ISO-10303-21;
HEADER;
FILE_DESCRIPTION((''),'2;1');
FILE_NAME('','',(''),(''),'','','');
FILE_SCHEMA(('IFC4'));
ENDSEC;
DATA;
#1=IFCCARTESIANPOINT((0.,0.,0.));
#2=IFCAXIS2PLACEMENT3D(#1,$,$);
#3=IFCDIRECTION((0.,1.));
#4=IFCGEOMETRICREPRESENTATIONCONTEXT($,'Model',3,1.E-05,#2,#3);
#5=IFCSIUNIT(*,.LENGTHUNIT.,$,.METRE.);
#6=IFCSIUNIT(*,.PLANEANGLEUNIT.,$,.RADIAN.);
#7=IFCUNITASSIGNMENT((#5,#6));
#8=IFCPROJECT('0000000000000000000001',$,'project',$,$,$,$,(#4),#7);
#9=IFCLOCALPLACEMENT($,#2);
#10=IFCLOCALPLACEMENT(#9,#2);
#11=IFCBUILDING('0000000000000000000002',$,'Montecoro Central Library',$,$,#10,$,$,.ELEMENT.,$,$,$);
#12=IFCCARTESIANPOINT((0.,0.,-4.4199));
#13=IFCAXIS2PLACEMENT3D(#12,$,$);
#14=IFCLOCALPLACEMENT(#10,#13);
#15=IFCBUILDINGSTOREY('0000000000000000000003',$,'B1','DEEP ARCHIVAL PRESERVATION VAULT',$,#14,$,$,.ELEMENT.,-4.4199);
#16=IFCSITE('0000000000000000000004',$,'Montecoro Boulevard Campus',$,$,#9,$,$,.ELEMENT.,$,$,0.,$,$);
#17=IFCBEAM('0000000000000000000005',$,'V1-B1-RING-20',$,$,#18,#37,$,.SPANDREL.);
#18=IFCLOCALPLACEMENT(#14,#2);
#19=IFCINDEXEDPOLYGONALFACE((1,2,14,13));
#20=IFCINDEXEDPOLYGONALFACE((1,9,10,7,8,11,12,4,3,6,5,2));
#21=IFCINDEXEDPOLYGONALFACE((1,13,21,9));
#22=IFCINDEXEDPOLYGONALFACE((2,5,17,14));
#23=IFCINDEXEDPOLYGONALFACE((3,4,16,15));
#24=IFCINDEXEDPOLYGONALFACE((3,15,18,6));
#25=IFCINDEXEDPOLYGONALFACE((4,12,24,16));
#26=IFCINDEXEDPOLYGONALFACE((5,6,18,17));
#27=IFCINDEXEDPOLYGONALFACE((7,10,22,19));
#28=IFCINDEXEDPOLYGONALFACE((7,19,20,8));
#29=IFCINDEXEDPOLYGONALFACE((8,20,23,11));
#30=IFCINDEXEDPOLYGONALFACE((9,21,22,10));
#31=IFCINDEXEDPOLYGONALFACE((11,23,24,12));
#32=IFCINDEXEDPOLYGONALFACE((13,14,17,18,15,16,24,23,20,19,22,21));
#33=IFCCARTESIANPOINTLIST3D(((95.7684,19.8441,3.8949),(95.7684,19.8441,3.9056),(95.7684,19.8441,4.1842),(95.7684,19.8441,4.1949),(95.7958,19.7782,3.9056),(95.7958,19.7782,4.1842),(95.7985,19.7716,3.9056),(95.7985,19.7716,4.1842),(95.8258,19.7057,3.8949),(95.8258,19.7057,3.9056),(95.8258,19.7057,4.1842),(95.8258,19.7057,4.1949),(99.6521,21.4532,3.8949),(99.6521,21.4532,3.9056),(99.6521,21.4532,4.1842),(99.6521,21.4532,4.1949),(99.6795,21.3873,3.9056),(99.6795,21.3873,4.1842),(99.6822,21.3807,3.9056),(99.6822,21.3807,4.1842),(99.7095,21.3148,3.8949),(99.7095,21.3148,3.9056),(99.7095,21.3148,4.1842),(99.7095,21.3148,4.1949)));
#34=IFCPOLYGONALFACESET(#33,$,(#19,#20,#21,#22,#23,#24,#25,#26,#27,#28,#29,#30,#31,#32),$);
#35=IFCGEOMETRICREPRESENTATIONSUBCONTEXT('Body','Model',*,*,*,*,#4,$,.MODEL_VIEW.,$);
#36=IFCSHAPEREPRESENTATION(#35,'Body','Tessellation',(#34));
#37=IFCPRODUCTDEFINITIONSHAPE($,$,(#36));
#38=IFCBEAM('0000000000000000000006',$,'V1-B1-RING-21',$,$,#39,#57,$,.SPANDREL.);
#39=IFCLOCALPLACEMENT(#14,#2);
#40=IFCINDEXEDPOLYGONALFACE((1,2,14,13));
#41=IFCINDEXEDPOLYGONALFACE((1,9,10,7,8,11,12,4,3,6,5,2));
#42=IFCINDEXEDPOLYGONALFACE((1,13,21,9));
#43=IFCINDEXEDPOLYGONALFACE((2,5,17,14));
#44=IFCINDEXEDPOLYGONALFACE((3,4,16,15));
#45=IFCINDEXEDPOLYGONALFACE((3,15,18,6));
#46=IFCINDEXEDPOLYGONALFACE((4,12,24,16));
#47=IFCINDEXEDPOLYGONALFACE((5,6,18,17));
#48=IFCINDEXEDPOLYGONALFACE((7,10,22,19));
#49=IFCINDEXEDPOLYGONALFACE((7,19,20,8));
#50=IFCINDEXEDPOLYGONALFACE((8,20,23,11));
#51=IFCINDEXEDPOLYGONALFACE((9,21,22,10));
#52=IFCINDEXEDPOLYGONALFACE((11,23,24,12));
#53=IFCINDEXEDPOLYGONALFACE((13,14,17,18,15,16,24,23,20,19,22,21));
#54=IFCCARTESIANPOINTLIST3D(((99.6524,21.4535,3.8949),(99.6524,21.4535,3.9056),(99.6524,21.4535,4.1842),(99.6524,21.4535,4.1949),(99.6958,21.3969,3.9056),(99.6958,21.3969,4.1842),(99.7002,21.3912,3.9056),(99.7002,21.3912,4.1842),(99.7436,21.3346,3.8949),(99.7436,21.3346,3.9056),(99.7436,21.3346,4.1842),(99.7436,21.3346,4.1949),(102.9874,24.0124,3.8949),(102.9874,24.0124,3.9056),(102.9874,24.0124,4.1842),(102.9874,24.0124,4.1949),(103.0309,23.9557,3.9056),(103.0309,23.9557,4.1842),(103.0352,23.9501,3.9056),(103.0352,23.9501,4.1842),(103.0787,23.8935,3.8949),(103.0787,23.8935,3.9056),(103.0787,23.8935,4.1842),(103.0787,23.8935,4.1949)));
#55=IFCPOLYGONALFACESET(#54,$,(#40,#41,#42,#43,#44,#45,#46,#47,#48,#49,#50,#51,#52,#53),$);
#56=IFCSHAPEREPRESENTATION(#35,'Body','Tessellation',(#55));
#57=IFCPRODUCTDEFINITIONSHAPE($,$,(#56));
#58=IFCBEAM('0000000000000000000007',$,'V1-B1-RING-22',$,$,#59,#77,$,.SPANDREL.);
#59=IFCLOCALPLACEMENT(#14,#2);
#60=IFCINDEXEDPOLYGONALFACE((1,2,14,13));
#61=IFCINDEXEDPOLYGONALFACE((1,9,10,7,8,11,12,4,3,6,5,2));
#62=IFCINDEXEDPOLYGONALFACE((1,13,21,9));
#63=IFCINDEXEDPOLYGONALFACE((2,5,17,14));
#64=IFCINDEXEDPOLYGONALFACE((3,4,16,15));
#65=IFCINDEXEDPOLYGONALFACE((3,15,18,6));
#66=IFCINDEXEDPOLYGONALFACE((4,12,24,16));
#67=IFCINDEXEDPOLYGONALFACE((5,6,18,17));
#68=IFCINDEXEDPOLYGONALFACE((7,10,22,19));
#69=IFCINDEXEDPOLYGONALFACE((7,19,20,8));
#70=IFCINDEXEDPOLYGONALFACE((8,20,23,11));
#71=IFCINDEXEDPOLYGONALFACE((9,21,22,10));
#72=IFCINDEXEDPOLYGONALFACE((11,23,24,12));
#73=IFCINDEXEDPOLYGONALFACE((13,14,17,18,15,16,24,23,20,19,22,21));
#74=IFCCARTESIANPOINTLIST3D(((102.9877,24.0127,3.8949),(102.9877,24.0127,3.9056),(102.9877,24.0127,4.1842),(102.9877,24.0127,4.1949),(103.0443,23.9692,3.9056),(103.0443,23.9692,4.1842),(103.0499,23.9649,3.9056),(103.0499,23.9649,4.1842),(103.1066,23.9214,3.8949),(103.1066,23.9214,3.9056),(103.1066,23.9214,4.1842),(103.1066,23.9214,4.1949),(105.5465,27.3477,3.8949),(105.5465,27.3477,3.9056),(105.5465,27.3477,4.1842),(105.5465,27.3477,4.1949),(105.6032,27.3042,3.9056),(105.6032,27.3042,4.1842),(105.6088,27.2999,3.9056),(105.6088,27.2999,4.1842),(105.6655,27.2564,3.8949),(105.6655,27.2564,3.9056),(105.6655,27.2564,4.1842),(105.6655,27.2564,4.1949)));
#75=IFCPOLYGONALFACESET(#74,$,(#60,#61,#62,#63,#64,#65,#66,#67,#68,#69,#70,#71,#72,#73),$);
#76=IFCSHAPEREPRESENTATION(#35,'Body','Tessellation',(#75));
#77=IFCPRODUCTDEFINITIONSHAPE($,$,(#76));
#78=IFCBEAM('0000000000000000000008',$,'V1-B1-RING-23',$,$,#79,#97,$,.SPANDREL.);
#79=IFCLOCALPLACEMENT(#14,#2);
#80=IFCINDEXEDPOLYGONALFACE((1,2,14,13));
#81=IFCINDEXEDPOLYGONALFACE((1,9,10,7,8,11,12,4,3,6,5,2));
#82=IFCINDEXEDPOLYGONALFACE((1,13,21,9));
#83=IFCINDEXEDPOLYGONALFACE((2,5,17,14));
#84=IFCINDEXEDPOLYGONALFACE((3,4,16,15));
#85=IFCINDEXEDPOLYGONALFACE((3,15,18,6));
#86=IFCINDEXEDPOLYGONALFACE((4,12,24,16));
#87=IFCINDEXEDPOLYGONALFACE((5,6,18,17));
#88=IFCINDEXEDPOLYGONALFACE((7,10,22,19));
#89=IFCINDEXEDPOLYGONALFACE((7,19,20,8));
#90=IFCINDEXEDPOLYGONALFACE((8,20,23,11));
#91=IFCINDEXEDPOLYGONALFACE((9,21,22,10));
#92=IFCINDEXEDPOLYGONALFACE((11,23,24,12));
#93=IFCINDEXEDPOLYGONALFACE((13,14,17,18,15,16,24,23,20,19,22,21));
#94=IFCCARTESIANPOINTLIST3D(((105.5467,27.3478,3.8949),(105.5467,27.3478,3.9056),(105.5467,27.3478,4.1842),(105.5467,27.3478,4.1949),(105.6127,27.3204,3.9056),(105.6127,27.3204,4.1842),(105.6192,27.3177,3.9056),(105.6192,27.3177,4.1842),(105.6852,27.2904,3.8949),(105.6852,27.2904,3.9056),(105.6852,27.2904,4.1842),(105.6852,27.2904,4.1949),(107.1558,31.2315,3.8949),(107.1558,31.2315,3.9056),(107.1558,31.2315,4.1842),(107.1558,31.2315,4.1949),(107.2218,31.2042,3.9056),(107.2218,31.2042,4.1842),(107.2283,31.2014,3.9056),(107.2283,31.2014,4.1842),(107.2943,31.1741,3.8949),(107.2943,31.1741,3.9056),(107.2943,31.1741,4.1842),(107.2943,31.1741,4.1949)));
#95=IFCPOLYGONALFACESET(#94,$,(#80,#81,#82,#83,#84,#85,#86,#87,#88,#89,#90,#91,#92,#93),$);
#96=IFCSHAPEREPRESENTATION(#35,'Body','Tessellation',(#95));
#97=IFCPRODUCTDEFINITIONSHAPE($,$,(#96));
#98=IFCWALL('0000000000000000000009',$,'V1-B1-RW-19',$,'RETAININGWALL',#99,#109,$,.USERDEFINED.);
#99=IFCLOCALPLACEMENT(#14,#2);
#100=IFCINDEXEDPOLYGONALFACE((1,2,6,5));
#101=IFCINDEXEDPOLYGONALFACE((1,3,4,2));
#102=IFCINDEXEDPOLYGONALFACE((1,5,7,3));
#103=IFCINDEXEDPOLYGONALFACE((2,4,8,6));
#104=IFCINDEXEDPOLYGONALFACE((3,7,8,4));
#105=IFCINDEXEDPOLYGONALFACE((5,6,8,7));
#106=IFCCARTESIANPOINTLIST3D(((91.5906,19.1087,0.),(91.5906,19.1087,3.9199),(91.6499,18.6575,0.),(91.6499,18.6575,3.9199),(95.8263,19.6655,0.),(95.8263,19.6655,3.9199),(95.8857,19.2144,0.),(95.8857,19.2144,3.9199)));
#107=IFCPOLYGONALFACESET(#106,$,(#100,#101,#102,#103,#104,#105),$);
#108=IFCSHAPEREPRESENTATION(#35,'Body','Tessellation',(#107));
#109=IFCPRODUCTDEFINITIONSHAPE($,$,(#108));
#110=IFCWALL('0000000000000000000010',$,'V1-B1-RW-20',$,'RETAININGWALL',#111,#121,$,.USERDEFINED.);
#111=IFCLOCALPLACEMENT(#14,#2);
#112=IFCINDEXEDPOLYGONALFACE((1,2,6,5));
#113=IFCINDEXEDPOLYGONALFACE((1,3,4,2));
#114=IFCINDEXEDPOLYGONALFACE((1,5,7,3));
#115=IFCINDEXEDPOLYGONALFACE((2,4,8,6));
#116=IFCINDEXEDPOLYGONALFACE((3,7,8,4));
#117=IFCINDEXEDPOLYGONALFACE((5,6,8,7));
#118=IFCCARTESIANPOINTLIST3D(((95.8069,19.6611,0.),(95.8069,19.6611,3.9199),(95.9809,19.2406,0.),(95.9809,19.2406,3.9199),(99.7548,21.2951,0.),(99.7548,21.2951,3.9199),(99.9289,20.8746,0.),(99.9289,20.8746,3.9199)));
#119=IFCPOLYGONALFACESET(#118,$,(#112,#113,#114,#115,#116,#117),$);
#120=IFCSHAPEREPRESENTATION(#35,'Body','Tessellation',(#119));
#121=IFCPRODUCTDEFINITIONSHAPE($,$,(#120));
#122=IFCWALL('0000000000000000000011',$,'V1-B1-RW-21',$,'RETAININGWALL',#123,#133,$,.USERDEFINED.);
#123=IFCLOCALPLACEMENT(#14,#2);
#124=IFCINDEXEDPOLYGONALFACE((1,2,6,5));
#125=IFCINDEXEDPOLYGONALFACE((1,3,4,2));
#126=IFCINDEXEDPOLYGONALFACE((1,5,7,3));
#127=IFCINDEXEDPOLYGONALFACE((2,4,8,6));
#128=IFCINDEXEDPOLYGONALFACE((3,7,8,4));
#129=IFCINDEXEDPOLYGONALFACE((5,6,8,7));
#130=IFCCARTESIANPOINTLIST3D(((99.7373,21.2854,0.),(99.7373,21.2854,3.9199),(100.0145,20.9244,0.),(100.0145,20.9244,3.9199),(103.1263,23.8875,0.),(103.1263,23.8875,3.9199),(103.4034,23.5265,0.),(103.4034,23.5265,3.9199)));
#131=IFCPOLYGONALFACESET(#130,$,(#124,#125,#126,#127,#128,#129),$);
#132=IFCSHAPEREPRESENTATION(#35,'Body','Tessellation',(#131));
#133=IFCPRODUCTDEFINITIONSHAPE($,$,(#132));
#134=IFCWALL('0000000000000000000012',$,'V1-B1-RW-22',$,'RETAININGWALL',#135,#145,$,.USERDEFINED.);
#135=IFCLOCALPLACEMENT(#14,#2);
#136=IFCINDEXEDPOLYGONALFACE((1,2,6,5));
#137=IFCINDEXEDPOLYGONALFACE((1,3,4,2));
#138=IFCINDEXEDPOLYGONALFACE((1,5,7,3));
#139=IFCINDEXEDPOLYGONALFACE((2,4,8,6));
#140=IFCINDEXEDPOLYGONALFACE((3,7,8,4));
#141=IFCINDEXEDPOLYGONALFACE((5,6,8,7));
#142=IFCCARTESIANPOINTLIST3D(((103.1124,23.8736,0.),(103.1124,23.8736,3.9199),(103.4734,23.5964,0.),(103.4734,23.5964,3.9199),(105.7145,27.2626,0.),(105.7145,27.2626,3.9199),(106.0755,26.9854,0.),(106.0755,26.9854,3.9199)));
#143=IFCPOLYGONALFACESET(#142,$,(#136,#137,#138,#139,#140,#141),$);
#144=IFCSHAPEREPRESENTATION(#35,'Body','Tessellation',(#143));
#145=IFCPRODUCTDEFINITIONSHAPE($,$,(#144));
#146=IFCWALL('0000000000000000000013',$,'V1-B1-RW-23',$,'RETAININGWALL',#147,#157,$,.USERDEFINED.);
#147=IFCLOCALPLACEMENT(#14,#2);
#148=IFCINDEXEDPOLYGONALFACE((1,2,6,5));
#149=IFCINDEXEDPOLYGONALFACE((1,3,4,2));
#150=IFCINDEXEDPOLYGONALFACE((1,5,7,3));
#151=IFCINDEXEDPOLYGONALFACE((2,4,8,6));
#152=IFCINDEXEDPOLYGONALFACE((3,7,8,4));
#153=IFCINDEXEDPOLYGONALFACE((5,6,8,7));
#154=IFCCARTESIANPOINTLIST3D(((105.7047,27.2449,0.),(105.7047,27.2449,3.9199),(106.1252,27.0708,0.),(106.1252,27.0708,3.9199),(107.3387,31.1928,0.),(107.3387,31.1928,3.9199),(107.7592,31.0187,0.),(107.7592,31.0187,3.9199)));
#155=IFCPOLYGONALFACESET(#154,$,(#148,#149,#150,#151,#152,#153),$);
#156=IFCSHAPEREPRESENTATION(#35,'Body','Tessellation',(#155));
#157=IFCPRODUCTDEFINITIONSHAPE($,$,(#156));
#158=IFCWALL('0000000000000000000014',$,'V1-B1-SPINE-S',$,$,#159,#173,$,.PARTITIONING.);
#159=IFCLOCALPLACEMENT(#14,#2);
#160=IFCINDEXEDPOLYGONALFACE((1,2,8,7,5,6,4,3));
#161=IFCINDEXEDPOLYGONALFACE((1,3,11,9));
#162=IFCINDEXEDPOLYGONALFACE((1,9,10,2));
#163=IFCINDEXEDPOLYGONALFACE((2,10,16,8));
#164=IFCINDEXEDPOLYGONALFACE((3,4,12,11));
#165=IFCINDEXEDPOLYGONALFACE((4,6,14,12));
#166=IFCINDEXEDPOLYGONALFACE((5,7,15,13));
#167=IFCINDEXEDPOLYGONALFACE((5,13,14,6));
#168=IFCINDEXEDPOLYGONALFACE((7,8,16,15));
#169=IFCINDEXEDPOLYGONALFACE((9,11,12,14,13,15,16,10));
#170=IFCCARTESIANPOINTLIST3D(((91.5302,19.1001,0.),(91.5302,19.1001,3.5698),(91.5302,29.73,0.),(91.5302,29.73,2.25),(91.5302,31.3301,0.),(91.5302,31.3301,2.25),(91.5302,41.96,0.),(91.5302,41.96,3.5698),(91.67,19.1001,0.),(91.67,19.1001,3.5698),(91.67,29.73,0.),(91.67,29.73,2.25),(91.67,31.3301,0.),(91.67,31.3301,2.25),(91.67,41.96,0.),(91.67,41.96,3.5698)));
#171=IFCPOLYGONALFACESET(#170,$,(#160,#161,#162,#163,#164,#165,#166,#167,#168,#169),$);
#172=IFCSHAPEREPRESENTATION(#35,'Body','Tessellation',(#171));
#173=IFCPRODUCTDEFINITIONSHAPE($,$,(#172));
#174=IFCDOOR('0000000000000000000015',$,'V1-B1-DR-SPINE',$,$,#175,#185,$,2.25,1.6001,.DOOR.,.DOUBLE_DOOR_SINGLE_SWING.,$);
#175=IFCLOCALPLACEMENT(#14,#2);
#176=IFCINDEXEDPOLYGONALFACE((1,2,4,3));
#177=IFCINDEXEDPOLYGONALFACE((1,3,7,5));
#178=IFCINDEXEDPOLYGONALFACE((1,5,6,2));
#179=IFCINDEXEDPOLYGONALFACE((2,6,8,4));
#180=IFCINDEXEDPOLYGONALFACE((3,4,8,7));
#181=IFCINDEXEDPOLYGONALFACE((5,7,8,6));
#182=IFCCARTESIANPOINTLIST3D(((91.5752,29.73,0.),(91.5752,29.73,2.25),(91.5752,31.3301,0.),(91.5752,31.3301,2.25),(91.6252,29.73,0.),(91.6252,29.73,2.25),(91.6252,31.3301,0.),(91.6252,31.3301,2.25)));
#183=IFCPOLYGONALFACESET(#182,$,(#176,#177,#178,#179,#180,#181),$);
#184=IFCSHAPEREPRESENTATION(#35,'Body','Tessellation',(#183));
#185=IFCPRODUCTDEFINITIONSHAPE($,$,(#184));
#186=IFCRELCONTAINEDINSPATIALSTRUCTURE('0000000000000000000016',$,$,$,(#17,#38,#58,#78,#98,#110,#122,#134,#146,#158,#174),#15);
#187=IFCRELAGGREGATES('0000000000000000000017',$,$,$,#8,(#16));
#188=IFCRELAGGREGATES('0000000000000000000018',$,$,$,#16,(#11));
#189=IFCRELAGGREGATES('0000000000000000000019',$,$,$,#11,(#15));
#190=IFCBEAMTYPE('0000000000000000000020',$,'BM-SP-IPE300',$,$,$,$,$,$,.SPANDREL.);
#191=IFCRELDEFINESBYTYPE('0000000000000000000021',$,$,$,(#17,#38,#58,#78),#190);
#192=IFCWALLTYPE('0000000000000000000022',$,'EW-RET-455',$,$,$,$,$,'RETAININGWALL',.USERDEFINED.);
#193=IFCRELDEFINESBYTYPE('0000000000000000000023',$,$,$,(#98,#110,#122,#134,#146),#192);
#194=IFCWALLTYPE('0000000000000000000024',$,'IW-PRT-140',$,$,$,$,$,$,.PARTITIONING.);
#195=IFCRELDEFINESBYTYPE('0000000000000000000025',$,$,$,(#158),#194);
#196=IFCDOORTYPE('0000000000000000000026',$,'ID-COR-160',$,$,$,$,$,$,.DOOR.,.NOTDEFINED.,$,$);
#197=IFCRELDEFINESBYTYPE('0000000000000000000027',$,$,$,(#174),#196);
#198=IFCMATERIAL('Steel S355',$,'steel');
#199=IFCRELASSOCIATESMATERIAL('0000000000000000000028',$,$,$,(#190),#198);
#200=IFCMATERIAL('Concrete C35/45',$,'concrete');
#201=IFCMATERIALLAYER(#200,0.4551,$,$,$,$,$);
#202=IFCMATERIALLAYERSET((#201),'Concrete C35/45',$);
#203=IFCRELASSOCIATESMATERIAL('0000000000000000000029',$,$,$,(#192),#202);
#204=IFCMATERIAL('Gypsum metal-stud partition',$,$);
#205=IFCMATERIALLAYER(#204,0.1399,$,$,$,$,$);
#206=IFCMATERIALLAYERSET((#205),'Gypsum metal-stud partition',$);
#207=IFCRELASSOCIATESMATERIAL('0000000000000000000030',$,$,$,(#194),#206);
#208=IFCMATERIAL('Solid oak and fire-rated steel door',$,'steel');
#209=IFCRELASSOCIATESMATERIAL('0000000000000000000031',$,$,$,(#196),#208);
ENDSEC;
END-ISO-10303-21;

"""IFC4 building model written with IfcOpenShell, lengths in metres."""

from ifc_helpers import new_model, si_unit, direction, frame, frame_2d, origin, origin_2d, place, context, subcontext, project, spatial, rectangle, i_section, extrude, material, layer, layer_set, material_profile, profile_set, type_object, element, fill, save


model = new_model("IFC4")

# Units and contexts
model_context = context("Model", 3, precision=1e-05, world=origin(), true_north=direction((0.0, 1.0)))
body_context = subcontext(model_context, "Body", "Model", "MODEL_VIEW")
ifc_project = project(units=[si_unit("LENGTHUNIT", "METRE"), si_unit("PLANEANGLEUNIT", "RADIAN")], contexts=[model_context])

# Site, building, storey
site_placement = place(None, origin())
site = spatial("IfcSite", under=ifc_project, at=site_placement, Name="Montecoro Boulevard Campus", CompositionType="ELEMENT", RefElevation=0.0)
building_placement = place(site_placement, origin())
building = spatial("IfcBuilding", under=site, at=building_placement, Name="Montecoro Central Library", CompositionType="ELEMENT")
storey_placement = place(building_placement, frame((0.0, 0.0, -4.4199)))
storey = spatial("IfcBuildingStorey", under=building, at=storey_placement, Name="B1", Description="DEEP ARCHIVAL PRESERVATION VAULT", CompositionType="ELEMENT", Elevation=-4.4199)

# Shared definitions
ifc_material_1 = material(Name="Concrete C35/45", Category="concrete")

# Beams
ifc_material_2 = material(Name="Steel S355", Category="steel")
ifc_material_profile_1 = material_profile(ifc_material_2, i_section(OverallWidth=0.1499, OverallDepth=0.3, WebThickness=0.0071, FlangeThickness=0.0107, at=origin_2d()), Name="IPE 300")
ifc_profile_set_1 = profile_set([ifc_material_profile_1], Name="Steel S355")
beam_type = type_object("IfcBeamType", Name="BM-SP-IPE300", PredefinedType="SPANDREL", material=ifc_profile_set_1)
beam_1_placement = place(storey_placement, frame((95.7971, 19.7749, 4.0449), z_axis=(0.923845, 0.382767, 0.0), x_axis=(-0.382767, 0.923845, 0.0)))
element("IfcBeam", 1, at=beam_1_placement, inside=storey, type_object=beam_type, Name="V1-B1-RING-20", PredefinedType="SPANDREL", context=body_context, shape_type="SweptSolid", body=[
    extrude(i_section(OverallWidth=0.1499, OverallDepth=0.3, WebThickness=0.0071, FlangeThickness=0.0107, at=origin_2d()), origin(), (0.0, 0.0, 1.0), 4.2039),
])
for number, where, z_axis, x_axis, name in (
    (2, (99.698, 21.394, 4.0449), (0.793373, 0.608736, 0.0), (-0.608736, 0.793373, 0.0), "V1-B1-RING-21"),
    (3, (103.0471, 23.967, 4.0449), (0.608736, 0.793373, 0.0), (-0.793373, 0.608736, 0.0), "V1-B1-RING-22"),
):
    element("IfcBeam", number, at=place(storey_placement, frame(where, z_axis=z_axis, x_axis=x_axis)), inside=storey, type_object=beam_type, Name=name, PredefinedType="SPANDREL", context=body_context, shape_type="SweptSolid", body=[
        extrude(i_section(OverallWidth=0.1499, OverallDepth=0.3, WebThickness=0.0071, FlangeThickness=0.0107, at=origin_2d()), origin(), (0.0, 0.0, 1.0), 4.2036),
    ])
beam_2_placement = place(storey_placement, frame((105.616, 27.3191, 4.0449), z_axis=(0.382767, 0.923845, 0.0), x_axis=(-0.923845, 0.382767, 0.0)))
element("IfcBeam", 4, at=beam_2_placement, inside=storey, type_object=beam_type, Name="V1-B1-RING-23", PredefinedType="SPANDREL", context=body_context, shape_type="SweptSolid", body=[
    extrude(i_section(OverallWidth=0.1499, OverallDepth=0.3, WebThickness=0.0071, FlangeThickness=0.0107, at=origin_2d()), origin(), (0.0, 0.0, 1.0), 4.2039),
])

# Walls
ifc_layer_1 = layer(ifc_material_1, 0.4551)
ifc_layer_set_1 = layer_set([ifc_layer_1], Name="Concrete C35/45")
wall_type_1 = type_object("IfcWallType", Name="EW-RET-455", ElementType="RETAININGWALL", PredefinedType="USERDEFINED", material=ifc_layer_set_1)
wall_1_placement = place(storey_placement, frame((91.6201, 18.8831, 0.0), z_axis=(0.0, 0.0, 1.0), x_axis=(0.991468, 0.130348, 0.0)))
element("IfcWall", 5, at=wall_1_placement, inside=storey, type_object=wall_type_1, Name="V1-B1-RW-19", ObjectType="RETAININGWALL", PredefinedType="USERDEFINED", context=body_context, shape_type="SweptSolid", body=[
    extrude(rectangle(XDim=4.2722, YDim=0.4551, at=frame_2d((2.1362, 0.0))), origin(), (0.0, 0.0, 1.0), 3.9199),
])
for number, where, z_axis, x_axis, name in (
    (6, (95.894, 19.4509, 0.0), (0.0, 0.0, 1.0), (0.923986, 0.382427, 0.0), "V1-B1-RW-20"),
    (7, (99.876, 21.105, 0.0), (0.0, 0.0, 1.0), (0.793167, 0.609004, 0.0), "V1-B1-RW-21"),
    (8, (103.293, 23.7351, 0.0), (0.0, 0.0, 1.0), (0.609004, 0.793167, 0.0), "V1-B1-RW-22"),
    (9, (105.915, 27.158, 0.0), (0.0, 0.0, 1.0), (0.382427, 0.923986, 0.0), "V1-B1-RW-23"),
):
    element("IfcWall", number, at=place(storey_placement, frame(where, z_axis=z_axis, x_axis=x_axis)), inside=storey, type_object=wall_type_1, Name=name, ObjectType="RETAININGWALL", PredefinedType="USERDEFINED", context=body_context, shape_type="SweptSolid", body=[
        extrude(rectangle(XDim=4.2727, YDim=0.4551, at=frame_2d((2.1362, 0.0))), origin(), (0.0, 0.0, 1.0), 3.9199),
    ])

# Wall, opening, door
ifc_material_3 = material(Name="Gypsum metal-stud partition")
ifc_layer_2 = layer(ifc_material_3, 0.1399)
ifc_layer_set_2 = layer_set([ifc_layer_2], Name="Gypsum metal-stud partition")
wall_type_2 = type_object("IfcWallType", Name="IW-PRT-140", PredefinedType="PARTITIONING", material=ifc_layer_set_2)
wall_2_placement = place(storey_placement, frame((91.6001, 19.1001, 0.0), z_axis=(0.0, 0.0, 1.0), x_axis=(0.0, 1.0, 0.0)))
wall_2 = element("IfcWall", 10, at=wall_2_placement, inside=storey, type_object=wall_type_2, Name="V1-B1-SPINE-S", PredefinedType="PARTITIONING", context=body_context, shape_type="SweptSolid", body=[
    extrude(rectangle(XDim=22.8599, YDim=0.1399, at=frame_2d((11.4299, 0.0))), origin(), (0.0, 0.0, 1.0), 3.5698),
])
opening_placement = place(wall_2_placement, frame((10.6299, 0.0, 0.0)))
opening = element("IfcOpeningElement", 11, at=opening_placement, cuts=wall_2, PredefinedType="OPENING", context=body_context, shape_type="SweptSolid", body=[
    extrude(rectangle(XDim=1.6001, YDim=2.25, at=frame_2d((0.8, 1.125))), frame((0.0, 0.0798, 0.0), z_axis=(0.0, -1.0, 0.0), x_axis=(1.0, 0.0, 0.0)), (0.0, 0.0, 1.0), 0.1599),
])
ifc_material_4 = material(Name="Solid oak and fire-rated steel door", Category="steel")
door_type = type_object("IfcDoorType", Name="ID-COR-160", OperationType="NOTDEFINED", PredefinedType="DOOR", material=ifc_material_4)
door_placement = place(opening_placement, origin())
door = element("IfcDoor", 12, at=door_placement, inside=storey, type_object=door_type, Name="V1-B1-DR-SPINE", OperationType="DOUBLE_DOOR_SINGLE_SWING", OverallHeight=2.25, OverallWidth=1.6001, PredefinedType="DOOR", context=body_context, shape_type="SweptSolid", body=[
    extrude(rectangle(XDim=1.6001, YDim=2.25, at=frame_2d((0.8, 1.125))), frame((0.0, 0.0249, 0.0), z_axis=(0.0, -1.0, 0.0), x_axis=(1.0, 0.0, 0.0)), (0.0, 0.0, 1.0), 0.05),
])
fill(opening, door)

save(model, "model.ifc")
